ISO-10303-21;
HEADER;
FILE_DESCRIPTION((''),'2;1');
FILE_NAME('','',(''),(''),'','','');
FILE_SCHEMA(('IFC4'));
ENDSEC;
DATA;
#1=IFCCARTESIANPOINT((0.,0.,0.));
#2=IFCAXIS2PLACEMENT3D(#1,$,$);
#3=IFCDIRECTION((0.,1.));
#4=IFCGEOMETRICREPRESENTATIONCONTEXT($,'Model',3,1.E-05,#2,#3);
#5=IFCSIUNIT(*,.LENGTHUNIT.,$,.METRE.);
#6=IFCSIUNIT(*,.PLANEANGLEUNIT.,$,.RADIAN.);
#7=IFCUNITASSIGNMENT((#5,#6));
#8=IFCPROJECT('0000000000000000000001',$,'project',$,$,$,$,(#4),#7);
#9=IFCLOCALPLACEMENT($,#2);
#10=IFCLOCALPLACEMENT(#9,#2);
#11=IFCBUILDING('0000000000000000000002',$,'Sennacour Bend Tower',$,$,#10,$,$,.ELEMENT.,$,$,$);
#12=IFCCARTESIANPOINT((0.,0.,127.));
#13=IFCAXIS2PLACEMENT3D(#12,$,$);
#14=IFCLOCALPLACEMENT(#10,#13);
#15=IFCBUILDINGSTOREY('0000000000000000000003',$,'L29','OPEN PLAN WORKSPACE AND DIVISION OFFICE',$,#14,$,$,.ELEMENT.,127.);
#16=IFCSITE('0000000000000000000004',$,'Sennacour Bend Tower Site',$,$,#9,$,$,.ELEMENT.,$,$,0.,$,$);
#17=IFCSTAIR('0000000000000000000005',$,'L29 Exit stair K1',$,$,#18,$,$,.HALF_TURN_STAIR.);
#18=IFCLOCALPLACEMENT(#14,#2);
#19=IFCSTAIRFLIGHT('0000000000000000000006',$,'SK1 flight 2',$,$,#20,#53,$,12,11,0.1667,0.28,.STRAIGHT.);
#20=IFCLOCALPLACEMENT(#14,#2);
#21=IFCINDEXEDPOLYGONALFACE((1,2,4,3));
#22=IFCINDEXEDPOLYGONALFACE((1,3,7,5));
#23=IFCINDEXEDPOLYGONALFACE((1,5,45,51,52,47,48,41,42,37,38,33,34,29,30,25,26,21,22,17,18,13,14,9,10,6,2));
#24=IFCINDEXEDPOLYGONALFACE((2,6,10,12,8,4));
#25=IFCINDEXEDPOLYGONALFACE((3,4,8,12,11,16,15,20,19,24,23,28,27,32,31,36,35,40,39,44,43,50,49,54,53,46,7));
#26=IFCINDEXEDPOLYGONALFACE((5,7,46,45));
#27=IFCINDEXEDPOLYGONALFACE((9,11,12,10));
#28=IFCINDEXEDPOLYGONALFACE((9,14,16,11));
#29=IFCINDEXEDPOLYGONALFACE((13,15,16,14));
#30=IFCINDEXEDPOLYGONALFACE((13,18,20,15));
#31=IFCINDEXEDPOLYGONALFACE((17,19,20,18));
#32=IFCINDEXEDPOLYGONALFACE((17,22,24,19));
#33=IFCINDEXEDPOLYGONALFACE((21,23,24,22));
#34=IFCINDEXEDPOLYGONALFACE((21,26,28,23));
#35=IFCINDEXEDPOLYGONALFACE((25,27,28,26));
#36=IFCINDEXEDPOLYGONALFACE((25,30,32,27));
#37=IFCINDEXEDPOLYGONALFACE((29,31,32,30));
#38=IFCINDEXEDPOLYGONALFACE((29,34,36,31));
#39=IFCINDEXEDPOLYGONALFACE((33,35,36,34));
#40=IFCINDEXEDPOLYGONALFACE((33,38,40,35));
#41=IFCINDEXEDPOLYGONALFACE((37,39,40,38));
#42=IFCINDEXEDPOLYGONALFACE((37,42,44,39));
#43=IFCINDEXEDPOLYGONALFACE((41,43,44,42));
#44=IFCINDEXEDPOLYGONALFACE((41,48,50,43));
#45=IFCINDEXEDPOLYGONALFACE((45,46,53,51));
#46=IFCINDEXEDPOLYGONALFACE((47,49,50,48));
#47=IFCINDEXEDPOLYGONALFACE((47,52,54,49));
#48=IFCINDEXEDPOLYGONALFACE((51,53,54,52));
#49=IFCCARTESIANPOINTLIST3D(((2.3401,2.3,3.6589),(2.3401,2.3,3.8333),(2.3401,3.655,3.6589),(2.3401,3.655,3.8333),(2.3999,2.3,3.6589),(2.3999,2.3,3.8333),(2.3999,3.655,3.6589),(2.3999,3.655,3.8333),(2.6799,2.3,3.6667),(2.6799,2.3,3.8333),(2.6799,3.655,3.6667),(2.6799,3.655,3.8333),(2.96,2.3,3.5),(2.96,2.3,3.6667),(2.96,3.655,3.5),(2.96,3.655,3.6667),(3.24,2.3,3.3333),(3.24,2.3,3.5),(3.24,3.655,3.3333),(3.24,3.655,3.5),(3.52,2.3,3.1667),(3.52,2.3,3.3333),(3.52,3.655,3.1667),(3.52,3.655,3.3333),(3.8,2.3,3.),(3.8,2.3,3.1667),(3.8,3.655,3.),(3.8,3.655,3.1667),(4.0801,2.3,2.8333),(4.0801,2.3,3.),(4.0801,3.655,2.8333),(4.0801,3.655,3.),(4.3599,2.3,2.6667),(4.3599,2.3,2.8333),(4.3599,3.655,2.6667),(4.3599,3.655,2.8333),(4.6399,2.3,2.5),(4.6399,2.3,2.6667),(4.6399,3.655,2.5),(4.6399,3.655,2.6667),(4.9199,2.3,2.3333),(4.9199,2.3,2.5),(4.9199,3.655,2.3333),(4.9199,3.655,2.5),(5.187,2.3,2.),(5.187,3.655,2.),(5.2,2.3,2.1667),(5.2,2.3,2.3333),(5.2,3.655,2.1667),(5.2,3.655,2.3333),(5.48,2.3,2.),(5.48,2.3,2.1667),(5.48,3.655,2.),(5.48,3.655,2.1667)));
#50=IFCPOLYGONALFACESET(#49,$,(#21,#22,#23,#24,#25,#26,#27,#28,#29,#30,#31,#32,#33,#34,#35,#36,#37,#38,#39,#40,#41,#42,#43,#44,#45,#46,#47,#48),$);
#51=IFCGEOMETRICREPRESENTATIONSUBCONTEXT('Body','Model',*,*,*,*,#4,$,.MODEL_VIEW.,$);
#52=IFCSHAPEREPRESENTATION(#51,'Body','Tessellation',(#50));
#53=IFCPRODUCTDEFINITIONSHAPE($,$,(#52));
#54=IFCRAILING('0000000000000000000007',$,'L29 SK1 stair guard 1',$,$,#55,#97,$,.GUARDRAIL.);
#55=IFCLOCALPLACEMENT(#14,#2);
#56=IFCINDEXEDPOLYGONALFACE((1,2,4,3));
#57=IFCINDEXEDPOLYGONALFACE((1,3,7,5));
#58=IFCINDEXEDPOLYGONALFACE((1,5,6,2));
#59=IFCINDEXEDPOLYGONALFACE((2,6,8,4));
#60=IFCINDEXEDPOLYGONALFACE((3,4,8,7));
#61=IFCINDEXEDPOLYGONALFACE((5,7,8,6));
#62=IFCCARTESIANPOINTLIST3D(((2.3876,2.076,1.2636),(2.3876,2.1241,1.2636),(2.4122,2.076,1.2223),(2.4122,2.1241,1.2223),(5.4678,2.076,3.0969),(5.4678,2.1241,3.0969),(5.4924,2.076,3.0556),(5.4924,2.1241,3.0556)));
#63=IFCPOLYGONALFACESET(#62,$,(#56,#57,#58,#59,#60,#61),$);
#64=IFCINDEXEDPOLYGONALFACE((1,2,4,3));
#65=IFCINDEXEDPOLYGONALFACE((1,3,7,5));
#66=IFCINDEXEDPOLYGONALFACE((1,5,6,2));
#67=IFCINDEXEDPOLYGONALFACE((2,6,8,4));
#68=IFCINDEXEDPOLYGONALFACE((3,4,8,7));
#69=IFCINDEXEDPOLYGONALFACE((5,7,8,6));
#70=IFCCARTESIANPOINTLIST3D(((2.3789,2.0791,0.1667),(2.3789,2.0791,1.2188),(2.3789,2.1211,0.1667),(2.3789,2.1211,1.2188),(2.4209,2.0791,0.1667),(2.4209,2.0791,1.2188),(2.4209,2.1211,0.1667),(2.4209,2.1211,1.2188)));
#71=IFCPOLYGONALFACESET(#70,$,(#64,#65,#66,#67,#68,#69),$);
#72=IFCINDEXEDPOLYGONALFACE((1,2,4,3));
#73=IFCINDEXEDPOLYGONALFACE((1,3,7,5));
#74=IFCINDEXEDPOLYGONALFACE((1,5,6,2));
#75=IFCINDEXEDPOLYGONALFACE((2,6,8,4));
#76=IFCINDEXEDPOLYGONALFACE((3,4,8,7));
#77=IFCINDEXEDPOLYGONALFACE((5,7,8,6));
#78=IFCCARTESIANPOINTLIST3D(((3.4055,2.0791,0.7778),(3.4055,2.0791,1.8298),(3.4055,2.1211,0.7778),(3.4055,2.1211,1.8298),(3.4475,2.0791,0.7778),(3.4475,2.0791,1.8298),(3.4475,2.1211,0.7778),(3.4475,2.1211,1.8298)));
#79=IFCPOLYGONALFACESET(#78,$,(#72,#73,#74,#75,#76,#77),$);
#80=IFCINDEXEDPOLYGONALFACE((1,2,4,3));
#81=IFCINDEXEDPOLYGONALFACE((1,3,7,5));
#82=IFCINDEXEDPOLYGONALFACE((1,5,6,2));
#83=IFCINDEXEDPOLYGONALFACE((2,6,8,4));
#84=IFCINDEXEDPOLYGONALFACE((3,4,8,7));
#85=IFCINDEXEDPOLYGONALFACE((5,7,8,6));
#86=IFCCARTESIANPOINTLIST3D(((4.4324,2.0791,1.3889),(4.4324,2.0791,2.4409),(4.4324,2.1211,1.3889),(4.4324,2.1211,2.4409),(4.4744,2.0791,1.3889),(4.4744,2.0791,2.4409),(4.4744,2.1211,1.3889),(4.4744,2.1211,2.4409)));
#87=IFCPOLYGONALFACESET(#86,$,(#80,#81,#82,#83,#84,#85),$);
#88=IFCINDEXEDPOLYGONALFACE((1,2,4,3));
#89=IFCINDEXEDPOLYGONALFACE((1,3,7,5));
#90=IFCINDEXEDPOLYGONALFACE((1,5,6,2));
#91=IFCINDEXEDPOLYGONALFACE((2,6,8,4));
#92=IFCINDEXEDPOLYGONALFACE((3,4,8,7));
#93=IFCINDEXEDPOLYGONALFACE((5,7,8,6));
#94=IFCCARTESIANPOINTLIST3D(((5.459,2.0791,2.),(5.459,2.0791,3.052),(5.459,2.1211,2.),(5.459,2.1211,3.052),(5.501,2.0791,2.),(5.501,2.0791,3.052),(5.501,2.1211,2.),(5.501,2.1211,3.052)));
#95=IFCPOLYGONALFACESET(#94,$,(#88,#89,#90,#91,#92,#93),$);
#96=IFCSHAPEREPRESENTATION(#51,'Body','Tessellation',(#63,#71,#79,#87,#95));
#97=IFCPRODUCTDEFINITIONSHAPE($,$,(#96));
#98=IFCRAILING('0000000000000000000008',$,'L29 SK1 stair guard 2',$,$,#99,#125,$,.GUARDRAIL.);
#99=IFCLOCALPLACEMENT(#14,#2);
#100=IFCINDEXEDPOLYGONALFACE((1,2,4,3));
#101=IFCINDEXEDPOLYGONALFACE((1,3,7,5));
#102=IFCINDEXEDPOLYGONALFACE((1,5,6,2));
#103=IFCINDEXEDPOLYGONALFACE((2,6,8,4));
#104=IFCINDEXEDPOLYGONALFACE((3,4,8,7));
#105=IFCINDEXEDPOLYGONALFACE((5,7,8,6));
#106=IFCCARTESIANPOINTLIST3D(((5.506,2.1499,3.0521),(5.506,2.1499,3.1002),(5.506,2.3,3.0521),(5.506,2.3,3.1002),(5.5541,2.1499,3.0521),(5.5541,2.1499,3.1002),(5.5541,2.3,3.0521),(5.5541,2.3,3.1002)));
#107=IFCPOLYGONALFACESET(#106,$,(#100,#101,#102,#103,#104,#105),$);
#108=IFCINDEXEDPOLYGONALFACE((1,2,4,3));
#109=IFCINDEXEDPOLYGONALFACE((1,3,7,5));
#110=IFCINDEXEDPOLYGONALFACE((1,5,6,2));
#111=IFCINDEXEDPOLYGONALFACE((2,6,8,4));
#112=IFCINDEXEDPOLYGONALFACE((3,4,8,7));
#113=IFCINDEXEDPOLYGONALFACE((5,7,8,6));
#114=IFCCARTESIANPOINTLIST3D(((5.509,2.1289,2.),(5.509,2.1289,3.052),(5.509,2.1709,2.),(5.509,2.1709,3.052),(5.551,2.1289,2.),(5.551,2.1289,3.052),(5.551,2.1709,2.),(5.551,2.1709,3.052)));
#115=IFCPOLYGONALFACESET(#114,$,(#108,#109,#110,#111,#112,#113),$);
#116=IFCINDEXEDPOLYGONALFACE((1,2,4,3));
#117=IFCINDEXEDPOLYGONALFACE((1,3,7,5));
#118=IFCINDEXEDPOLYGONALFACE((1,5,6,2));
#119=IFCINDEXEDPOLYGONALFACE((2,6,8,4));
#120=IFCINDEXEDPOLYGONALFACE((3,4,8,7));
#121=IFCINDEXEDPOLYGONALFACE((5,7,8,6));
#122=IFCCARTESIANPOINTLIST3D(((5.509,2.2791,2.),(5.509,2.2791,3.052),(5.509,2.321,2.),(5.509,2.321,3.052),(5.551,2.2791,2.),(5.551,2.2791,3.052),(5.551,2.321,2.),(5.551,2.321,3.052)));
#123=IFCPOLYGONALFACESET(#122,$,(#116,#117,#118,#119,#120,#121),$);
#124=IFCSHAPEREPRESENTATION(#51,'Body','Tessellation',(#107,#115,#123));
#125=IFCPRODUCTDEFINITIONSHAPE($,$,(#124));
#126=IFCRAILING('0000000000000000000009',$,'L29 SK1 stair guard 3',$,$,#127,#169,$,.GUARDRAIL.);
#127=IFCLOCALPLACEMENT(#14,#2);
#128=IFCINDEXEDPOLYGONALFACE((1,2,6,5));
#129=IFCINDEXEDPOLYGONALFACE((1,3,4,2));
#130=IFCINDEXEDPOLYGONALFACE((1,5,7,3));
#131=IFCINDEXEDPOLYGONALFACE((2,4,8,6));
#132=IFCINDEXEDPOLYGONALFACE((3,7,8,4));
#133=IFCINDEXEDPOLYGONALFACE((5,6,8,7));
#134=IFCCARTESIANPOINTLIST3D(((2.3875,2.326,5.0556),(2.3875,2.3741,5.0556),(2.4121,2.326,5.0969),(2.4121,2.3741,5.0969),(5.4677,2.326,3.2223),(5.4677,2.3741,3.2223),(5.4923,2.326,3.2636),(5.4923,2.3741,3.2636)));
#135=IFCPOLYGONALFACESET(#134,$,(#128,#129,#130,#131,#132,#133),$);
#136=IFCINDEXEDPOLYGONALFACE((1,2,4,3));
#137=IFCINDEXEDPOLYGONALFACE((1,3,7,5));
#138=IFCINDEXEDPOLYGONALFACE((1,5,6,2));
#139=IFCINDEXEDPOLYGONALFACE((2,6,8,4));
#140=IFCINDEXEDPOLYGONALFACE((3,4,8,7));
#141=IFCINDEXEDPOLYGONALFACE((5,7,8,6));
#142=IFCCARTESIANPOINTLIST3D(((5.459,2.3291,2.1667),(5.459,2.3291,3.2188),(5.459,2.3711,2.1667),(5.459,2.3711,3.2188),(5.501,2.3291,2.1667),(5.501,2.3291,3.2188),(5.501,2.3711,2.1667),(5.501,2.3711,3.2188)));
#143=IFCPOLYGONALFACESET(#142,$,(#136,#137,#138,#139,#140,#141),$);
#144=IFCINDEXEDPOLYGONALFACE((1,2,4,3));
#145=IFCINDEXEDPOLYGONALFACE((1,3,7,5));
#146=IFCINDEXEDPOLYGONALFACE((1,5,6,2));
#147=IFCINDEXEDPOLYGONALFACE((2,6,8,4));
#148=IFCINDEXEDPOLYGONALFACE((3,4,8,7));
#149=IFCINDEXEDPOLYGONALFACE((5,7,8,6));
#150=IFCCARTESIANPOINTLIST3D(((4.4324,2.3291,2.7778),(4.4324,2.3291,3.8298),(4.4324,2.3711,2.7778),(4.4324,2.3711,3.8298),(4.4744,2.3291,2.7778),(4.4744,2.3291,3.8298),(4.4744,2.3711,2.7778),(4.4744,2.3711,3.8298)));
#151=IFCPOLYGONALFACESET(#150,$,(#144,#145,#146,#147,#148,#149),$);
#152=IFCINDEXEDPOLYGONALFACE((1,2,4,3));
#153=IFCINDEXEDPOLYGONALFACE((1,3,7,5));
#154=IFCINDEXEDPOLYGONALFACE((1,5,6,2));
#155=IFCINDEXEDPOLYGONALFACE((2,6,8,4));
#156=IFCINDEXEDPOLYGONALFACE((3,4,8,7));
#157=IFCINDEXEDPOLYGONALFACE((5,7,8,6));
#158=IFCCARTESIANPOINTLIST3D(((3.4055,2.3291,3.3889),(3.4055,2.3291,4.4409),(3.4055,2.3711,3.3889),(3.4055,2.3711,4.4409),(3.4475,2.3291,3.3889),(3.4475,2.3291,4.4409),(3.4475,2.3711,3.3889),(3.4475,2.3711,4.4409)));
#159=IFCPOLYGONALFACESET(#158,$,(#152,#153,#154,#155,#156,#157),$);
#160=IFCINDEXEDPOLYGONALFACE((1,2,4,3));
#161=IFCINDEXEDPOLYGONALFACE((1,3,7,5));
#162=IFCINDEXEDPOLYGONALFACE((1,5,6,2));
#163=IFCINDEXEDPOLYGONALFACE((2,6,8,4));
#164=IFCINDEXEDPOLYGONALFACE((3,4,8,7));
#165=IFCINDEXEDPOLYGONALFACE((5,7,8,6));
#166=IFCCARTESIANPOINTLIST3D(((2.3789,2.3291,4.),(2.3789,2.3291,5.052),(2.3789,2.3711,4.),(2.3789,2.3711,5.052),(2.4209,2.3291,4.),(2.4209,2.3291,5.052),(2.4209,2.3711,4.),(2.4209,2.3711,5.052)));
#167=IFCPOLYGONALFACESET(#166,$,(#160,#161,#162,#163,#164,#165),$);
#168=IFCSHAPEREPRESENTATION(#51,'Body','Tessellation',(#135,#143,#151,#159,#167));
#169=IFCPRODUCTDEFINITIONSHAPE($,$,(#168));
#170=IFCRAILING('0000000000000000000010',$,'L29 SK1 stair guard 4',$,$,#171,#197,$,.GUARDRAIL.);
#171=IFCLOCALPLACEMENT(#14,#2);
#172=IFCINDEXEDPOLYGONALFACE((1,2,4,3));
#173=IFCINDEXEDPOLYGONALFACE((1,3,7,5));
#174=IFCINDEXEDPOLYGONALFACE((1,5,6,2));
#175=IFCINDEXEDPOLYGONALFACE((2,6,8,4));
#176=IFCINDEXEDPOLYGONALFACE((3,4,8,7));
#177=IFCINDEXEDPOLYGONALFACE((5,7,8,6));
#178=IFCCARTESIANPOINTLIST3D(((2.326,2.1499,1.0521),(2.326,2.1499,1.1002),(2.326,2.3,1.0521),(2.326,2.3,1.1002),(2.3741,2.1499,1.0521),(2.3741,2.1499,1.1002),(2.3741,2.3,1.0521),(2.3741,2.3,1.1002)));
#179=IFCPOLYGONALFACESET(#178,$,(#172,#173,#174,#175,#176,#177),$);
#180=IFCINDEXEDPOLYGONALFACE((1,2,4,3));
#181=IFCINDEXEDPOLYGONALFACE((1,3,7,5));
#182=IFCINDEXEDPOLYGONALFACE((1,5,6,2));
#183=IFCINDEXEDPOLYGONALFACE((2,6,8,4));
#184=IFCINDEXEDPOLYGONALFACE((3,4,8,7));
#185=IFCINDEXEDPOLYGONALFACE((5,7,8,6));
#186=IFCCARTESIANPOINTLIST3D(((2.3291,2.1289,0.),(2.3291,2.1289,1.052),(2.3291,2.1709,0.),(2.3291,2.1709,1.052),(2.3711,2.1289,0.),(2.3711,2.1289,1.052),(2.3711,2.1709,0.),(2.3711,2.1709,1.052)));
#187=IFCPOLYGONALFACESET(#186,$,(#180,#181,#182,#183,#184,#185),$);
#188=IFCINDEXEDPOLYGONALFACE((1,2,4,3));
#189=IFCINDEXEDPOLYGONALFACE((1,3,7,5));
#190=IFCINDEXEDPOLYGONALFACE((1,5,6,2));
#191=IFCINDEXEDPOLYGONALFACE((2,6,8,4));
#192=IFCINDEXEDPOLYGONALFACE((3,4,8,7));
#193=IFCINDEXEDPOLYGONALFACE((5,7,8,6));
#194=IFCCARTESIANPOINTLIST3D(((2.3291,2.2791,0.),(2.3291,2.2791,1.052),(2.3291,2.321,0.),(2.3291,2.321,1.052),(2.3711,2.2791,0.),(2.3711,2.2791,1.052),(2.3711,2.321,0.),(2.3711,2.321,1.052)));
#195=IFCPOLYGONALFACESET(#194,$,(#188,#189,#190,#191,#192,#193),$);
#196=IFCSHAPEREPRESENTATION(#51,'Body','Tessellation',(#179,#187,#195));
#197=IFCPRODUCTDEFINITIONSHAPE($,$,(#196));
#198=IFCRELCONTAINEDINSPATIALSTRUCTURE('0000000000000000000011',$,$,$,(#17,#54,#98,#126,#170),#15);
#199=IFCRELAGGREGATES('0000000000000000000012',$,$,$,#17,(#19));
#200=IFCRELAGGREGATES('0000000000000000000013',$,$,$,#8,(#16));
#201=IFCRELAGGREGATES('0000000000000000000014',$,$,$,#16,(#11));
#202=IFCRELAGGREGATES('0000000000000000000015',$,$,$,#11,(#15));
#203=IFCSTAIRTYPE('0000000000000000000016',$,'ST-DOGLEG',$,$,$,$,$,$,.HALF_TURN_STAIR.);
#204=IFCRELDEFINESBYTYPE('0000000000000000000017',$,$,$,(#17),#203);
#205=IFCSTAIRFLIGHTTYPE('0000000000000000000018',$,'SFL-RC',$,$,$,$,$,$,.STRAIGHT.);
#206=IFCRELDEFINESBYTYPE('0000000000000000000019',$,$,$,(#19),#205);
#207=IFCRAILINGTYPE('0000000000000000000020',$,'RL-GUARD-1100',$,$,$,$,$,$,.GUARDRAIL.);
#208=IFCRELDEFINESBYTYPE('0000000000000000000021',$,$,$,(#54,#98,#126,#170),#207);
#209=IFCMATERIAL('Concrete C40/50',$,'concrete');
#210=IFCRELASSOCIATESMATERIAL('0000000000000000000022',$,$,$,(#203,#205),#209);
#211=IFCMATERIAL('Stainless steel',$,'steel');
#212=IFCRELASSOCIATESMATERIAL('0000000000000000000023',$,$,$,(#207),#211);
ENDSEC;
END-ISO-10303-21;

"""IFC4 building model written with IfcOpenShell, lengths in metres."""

from ifc_helpers import new_model, si_unit, direction, frame, origin, origin_2d, place, context, subcontext, project, spatial, polyline, rectangle, outline, extrude, material, type_object, element, aggregate, save


model = new_model("IFC4")

# Units and contexts
model_context = context("Model", 3, precision=1e-05, world=origin(), true_north=direction((0.0, 1.0)))
body_context = subcontext(model_context, "Body", "Model", "MODEL_VIEW")
ifc_project = project(units=[si_unit("LENGTHUNIT", "METRE"), si_unit("PLANEANGLEUNIT", "RADIAN")], contexts=[model_context])

# Site, building, storey
site_placement = place(None, origin())
site = spatial("IfcSite", under=ifc_project, at=site_placement, Name="Sennacour Bend Tower Site", CompositionType="ELEMENT", RefElevation=0.0)
building_placement = place(site_placement, origin())
building = spatial("IfcBuilding", under=site, at=building_placement, Name="Sennacour Bend Tower", CompositionType="ELEMENT")
storey_placement = place(building_placement, frame((0.0, 0.0, 127.0)))
storey = spatial("IfcBuildingStorey", under=building, at=storey_placement, Name="L29", Description="OPEN PLAN WORKSPACE AND DIVISION OFFICE", CompositionType="ELEMENT", Elevation=127.0)

# Stair, stair flight
ifc_material_1 = material(Name="Concrete C40/50", Category="concrete")
stair_type = type_object("IfcStairType", Name="ST-DOGLEG", PredefinedType="HALF_TURN_STAIR", material=ifc_material_1)
stair_placement = place(storey_placement, origin())
stair = element("IfcStair", 1, at=stair_placement, inside=storey, type_object=stair_type, Name="L29 Exit stair K1", PredefinedType="HALF_TURN_STAIR")
stair_flight_type = type_object("IfcStairFlightType", Name="SFL-RC", PredefinedType="STRAIGHT", material=ifc_material_1)
stair_flight_placement = place(storey_placement, frame((5.48, 2.9775, 2.0), z_axis=(0.0, 0.0, 1.0), x_axis=(-1.0, 0.0, 0.0)))
stair_flight = element("IfcStairFlight", 2, at=stair_flight_placement, type_object=stair_flight_type, Name="SK1 flight 2", NumberOfRisers=12, NumberOfTreads=11, PredefinedType="STRAIGHT", RiserHeight=0.1667, TreadLength=0.28, context=body_context, shape_type="SweptSolid", body=[
    extrude(outline(polyline([(0.0, 0.0), (0.0, 0.1667), (0.28, 0.1667), (0.28, 0.3333), (0.5601, 0.3333), (0.5601, 0.5), (0.8401, 0.5), (0.8401, 0.6667), (1.1201, 0.6667), (1.1201, 0.8333), (1.3999, 0.8333), (1.3999, 1.0), (1.6799, 1.0), (1.6799, 1.1667), (1.96, 1.1667), (1.96, 1.3333), (2.24, 1.3333), (2.24, 1.5), (2.52, 1.5), (2.52, 1.6667), (2.8, 1.6667), (2.8, 1.8333), (3.0801, 1.8333), (3.1399, 1.8333), (3.1399, 1.6589), (3.0801, 1.6589), (0.293, 0.0), (0.0, 0.0)])), frame((0.0, 0.6775, 0.0), z_axis=(0.0, -1.0, 0.0), x_axis=(1.0, 0.0, 0.0)), (0.0, 0.0, 1.0), 1.355),
])
aggregate(stair, [stair_flight])

# Railings
ifc_material_2 = material(Name="Stainless steel", Category="steel")
railing_type_1 = type_object("IfcRailingType", Name="RL-GUARD-1100", PredefinedType="GUARDRAIL", material=ifc_material_2)
railing_1_placement = place(storey_placement, frame((2.3999, 2.1001, 0.1667)))
element("IfcRailing", 3, at=railing_1_placement, inside=storey, type_object=railing_type_1, Name="L29 SK1 stair guard 1", PredefinedType="GUARDRAIL", context=body_context, shape_type="SweptSolid", body=[
    extrude(rectangle(XDim=0.0481, YDim=0.0481, at=origin_2d()), frame((0.0, 0.0, 1.0762), z_axis=(0.859309, 0.0, 0.511458), x_axis=(0.0, 1.0, 0.0)), (0.0, 0.0, 1.0), 3.5845),
    extrude(rectangle(XDim=0.042, YDim=0.042, at=origin_2d()), origin(), (0.0, 0.0, 1.0), 1.052),
    extrude(rectangle(XDim=0.042, YDim=0.042, at=origin_2d()), frame((1.0266, 0.0, 0.6111)), (0.0, 0.0, 1.0), 1.052),
    extrude(rectangle(XDim=0.042, YDim=0.042, at=origin_2d()), frame((2.0535, 0.0, 1.2222)), (0.0, 0.0, 1.0), 1.052),
    extrude(rectangle(XDim=0.042, YDim=0.042, at=origin_2d()), frame((3.0801, 0.0, 1.8333)), (0.0, 0.0, 1.0), 1.052),
])
railing_2_placement = place(storey_placement, frame((5.53, 2.1499, 2.0)))
element("IfcRailing", 4, at=railing_2_placement, inside=storey, type_object=railing_type_1, Name="L29 SK1 stair guard 2", PredefinedType="GUARDRAIL", context=body_context, shape_type="SweptSolid", body=[
    extrude(rectangle(XDim=0.0481, YDim=0.0481, at=origin_2d()), frame((0.0, 0.0, 1.0762), z_axis=(0.0, 1.0, 0.0), x_axis=(-1.0, 0.0, 0.0)), (0.0, 0.0, 1.0), 0.1501),
    extrude(rectangle(XDim=0.042, YDim=0.042, at=origin_2d()), origin(), (0.0, 0.0, 1.0), 1.052),
    extrude(rectangle(XDim=0.042, YDim=0.042, at=origin_2d()), frame((0.0, 0.1501, 0.0)), (0.0, 0.0, 1.0), 1.052),
])
railing_3_placement = place(storey_placement, frame((5.48, 2.3501, 2.1667)))
element("IfcRailing", 5, at=railing_3_placement, inside=storey, type_object=railing_type_1, Name="L29 SK1 stair guard 3", PredefinedType="GUARDRAIL", context=body_context, shape_type="SweptSolid", body=[
    extrude(rectangle(XDim=0.0481, YDim=0.0481, at=origin_2d()), frame((0.0, 0.0, 1.0762), z_axis=(-0.859309, 0.0, 0.511458), x_axis=(0.0, -1.0, 0.0)), (0.0, 0.0, 1.0), 3.5845),
    extrude(rectangle(XDim=0.042, YDim=0.042, at=origin_2d()), origin(), (0.0, 0.0, 1.0), 1.052),
    extrude(rectangle(XDim=0.042, YDim=0.042, at=origin_2d()), frame((-1.0266, 0.0, 0.6111)), (0.0, 0.0, 1.0), 1.052),
    extrude(rectangle(XDim=0.042, YDim=0.042, at=origin_2d()), frame((-2.0535, 0.0, 1.2222)), (0.0, 0.0, 1.0), 1.052),
    extrude(rectangle(XDim=0.042, YDim=0.042, at=origin_2d()), frame((-3.0801, 0.0, 1.8333)), (0.0, 0.0, 1.0), 1.052),
])
railing_4_placement = place(storey_placement, frame((2.3501, 2.1499, 0.0)))
element("IfcRailing", 6, at=railing_4_placement, inside=storey, type_object=railing_type_1, Name="L29 SK1 stair guard 4", PredefinedType="GUARDRAIL", context=body_context, shape_type="SweptSolid", body=[
    extrude(rectangle(XDim=0.0481, YDim=0.0481, at=origin_2d()), frame((0.0, 0.0, 1.0762), z_axis=(0.0, 1.0, 0.0), x_axis=(-1.0, 0.0, 0.0)), (0.0, 0.0, 1.0), 0.1501),
    extrude(rectangle(XDim=0.042, YDim=0.042, at=origin_2d()), origin(), (0.0, 0.0, 1.0), 1.052),
    extrude(rectangle(XDim=0.042, YDim=0.042, at=origin_2d()), frame((0.0, 0.1501, 0.0)), (0.0, 0.0, 1.0), 1.052),
])

save(model, "model.ifc")
